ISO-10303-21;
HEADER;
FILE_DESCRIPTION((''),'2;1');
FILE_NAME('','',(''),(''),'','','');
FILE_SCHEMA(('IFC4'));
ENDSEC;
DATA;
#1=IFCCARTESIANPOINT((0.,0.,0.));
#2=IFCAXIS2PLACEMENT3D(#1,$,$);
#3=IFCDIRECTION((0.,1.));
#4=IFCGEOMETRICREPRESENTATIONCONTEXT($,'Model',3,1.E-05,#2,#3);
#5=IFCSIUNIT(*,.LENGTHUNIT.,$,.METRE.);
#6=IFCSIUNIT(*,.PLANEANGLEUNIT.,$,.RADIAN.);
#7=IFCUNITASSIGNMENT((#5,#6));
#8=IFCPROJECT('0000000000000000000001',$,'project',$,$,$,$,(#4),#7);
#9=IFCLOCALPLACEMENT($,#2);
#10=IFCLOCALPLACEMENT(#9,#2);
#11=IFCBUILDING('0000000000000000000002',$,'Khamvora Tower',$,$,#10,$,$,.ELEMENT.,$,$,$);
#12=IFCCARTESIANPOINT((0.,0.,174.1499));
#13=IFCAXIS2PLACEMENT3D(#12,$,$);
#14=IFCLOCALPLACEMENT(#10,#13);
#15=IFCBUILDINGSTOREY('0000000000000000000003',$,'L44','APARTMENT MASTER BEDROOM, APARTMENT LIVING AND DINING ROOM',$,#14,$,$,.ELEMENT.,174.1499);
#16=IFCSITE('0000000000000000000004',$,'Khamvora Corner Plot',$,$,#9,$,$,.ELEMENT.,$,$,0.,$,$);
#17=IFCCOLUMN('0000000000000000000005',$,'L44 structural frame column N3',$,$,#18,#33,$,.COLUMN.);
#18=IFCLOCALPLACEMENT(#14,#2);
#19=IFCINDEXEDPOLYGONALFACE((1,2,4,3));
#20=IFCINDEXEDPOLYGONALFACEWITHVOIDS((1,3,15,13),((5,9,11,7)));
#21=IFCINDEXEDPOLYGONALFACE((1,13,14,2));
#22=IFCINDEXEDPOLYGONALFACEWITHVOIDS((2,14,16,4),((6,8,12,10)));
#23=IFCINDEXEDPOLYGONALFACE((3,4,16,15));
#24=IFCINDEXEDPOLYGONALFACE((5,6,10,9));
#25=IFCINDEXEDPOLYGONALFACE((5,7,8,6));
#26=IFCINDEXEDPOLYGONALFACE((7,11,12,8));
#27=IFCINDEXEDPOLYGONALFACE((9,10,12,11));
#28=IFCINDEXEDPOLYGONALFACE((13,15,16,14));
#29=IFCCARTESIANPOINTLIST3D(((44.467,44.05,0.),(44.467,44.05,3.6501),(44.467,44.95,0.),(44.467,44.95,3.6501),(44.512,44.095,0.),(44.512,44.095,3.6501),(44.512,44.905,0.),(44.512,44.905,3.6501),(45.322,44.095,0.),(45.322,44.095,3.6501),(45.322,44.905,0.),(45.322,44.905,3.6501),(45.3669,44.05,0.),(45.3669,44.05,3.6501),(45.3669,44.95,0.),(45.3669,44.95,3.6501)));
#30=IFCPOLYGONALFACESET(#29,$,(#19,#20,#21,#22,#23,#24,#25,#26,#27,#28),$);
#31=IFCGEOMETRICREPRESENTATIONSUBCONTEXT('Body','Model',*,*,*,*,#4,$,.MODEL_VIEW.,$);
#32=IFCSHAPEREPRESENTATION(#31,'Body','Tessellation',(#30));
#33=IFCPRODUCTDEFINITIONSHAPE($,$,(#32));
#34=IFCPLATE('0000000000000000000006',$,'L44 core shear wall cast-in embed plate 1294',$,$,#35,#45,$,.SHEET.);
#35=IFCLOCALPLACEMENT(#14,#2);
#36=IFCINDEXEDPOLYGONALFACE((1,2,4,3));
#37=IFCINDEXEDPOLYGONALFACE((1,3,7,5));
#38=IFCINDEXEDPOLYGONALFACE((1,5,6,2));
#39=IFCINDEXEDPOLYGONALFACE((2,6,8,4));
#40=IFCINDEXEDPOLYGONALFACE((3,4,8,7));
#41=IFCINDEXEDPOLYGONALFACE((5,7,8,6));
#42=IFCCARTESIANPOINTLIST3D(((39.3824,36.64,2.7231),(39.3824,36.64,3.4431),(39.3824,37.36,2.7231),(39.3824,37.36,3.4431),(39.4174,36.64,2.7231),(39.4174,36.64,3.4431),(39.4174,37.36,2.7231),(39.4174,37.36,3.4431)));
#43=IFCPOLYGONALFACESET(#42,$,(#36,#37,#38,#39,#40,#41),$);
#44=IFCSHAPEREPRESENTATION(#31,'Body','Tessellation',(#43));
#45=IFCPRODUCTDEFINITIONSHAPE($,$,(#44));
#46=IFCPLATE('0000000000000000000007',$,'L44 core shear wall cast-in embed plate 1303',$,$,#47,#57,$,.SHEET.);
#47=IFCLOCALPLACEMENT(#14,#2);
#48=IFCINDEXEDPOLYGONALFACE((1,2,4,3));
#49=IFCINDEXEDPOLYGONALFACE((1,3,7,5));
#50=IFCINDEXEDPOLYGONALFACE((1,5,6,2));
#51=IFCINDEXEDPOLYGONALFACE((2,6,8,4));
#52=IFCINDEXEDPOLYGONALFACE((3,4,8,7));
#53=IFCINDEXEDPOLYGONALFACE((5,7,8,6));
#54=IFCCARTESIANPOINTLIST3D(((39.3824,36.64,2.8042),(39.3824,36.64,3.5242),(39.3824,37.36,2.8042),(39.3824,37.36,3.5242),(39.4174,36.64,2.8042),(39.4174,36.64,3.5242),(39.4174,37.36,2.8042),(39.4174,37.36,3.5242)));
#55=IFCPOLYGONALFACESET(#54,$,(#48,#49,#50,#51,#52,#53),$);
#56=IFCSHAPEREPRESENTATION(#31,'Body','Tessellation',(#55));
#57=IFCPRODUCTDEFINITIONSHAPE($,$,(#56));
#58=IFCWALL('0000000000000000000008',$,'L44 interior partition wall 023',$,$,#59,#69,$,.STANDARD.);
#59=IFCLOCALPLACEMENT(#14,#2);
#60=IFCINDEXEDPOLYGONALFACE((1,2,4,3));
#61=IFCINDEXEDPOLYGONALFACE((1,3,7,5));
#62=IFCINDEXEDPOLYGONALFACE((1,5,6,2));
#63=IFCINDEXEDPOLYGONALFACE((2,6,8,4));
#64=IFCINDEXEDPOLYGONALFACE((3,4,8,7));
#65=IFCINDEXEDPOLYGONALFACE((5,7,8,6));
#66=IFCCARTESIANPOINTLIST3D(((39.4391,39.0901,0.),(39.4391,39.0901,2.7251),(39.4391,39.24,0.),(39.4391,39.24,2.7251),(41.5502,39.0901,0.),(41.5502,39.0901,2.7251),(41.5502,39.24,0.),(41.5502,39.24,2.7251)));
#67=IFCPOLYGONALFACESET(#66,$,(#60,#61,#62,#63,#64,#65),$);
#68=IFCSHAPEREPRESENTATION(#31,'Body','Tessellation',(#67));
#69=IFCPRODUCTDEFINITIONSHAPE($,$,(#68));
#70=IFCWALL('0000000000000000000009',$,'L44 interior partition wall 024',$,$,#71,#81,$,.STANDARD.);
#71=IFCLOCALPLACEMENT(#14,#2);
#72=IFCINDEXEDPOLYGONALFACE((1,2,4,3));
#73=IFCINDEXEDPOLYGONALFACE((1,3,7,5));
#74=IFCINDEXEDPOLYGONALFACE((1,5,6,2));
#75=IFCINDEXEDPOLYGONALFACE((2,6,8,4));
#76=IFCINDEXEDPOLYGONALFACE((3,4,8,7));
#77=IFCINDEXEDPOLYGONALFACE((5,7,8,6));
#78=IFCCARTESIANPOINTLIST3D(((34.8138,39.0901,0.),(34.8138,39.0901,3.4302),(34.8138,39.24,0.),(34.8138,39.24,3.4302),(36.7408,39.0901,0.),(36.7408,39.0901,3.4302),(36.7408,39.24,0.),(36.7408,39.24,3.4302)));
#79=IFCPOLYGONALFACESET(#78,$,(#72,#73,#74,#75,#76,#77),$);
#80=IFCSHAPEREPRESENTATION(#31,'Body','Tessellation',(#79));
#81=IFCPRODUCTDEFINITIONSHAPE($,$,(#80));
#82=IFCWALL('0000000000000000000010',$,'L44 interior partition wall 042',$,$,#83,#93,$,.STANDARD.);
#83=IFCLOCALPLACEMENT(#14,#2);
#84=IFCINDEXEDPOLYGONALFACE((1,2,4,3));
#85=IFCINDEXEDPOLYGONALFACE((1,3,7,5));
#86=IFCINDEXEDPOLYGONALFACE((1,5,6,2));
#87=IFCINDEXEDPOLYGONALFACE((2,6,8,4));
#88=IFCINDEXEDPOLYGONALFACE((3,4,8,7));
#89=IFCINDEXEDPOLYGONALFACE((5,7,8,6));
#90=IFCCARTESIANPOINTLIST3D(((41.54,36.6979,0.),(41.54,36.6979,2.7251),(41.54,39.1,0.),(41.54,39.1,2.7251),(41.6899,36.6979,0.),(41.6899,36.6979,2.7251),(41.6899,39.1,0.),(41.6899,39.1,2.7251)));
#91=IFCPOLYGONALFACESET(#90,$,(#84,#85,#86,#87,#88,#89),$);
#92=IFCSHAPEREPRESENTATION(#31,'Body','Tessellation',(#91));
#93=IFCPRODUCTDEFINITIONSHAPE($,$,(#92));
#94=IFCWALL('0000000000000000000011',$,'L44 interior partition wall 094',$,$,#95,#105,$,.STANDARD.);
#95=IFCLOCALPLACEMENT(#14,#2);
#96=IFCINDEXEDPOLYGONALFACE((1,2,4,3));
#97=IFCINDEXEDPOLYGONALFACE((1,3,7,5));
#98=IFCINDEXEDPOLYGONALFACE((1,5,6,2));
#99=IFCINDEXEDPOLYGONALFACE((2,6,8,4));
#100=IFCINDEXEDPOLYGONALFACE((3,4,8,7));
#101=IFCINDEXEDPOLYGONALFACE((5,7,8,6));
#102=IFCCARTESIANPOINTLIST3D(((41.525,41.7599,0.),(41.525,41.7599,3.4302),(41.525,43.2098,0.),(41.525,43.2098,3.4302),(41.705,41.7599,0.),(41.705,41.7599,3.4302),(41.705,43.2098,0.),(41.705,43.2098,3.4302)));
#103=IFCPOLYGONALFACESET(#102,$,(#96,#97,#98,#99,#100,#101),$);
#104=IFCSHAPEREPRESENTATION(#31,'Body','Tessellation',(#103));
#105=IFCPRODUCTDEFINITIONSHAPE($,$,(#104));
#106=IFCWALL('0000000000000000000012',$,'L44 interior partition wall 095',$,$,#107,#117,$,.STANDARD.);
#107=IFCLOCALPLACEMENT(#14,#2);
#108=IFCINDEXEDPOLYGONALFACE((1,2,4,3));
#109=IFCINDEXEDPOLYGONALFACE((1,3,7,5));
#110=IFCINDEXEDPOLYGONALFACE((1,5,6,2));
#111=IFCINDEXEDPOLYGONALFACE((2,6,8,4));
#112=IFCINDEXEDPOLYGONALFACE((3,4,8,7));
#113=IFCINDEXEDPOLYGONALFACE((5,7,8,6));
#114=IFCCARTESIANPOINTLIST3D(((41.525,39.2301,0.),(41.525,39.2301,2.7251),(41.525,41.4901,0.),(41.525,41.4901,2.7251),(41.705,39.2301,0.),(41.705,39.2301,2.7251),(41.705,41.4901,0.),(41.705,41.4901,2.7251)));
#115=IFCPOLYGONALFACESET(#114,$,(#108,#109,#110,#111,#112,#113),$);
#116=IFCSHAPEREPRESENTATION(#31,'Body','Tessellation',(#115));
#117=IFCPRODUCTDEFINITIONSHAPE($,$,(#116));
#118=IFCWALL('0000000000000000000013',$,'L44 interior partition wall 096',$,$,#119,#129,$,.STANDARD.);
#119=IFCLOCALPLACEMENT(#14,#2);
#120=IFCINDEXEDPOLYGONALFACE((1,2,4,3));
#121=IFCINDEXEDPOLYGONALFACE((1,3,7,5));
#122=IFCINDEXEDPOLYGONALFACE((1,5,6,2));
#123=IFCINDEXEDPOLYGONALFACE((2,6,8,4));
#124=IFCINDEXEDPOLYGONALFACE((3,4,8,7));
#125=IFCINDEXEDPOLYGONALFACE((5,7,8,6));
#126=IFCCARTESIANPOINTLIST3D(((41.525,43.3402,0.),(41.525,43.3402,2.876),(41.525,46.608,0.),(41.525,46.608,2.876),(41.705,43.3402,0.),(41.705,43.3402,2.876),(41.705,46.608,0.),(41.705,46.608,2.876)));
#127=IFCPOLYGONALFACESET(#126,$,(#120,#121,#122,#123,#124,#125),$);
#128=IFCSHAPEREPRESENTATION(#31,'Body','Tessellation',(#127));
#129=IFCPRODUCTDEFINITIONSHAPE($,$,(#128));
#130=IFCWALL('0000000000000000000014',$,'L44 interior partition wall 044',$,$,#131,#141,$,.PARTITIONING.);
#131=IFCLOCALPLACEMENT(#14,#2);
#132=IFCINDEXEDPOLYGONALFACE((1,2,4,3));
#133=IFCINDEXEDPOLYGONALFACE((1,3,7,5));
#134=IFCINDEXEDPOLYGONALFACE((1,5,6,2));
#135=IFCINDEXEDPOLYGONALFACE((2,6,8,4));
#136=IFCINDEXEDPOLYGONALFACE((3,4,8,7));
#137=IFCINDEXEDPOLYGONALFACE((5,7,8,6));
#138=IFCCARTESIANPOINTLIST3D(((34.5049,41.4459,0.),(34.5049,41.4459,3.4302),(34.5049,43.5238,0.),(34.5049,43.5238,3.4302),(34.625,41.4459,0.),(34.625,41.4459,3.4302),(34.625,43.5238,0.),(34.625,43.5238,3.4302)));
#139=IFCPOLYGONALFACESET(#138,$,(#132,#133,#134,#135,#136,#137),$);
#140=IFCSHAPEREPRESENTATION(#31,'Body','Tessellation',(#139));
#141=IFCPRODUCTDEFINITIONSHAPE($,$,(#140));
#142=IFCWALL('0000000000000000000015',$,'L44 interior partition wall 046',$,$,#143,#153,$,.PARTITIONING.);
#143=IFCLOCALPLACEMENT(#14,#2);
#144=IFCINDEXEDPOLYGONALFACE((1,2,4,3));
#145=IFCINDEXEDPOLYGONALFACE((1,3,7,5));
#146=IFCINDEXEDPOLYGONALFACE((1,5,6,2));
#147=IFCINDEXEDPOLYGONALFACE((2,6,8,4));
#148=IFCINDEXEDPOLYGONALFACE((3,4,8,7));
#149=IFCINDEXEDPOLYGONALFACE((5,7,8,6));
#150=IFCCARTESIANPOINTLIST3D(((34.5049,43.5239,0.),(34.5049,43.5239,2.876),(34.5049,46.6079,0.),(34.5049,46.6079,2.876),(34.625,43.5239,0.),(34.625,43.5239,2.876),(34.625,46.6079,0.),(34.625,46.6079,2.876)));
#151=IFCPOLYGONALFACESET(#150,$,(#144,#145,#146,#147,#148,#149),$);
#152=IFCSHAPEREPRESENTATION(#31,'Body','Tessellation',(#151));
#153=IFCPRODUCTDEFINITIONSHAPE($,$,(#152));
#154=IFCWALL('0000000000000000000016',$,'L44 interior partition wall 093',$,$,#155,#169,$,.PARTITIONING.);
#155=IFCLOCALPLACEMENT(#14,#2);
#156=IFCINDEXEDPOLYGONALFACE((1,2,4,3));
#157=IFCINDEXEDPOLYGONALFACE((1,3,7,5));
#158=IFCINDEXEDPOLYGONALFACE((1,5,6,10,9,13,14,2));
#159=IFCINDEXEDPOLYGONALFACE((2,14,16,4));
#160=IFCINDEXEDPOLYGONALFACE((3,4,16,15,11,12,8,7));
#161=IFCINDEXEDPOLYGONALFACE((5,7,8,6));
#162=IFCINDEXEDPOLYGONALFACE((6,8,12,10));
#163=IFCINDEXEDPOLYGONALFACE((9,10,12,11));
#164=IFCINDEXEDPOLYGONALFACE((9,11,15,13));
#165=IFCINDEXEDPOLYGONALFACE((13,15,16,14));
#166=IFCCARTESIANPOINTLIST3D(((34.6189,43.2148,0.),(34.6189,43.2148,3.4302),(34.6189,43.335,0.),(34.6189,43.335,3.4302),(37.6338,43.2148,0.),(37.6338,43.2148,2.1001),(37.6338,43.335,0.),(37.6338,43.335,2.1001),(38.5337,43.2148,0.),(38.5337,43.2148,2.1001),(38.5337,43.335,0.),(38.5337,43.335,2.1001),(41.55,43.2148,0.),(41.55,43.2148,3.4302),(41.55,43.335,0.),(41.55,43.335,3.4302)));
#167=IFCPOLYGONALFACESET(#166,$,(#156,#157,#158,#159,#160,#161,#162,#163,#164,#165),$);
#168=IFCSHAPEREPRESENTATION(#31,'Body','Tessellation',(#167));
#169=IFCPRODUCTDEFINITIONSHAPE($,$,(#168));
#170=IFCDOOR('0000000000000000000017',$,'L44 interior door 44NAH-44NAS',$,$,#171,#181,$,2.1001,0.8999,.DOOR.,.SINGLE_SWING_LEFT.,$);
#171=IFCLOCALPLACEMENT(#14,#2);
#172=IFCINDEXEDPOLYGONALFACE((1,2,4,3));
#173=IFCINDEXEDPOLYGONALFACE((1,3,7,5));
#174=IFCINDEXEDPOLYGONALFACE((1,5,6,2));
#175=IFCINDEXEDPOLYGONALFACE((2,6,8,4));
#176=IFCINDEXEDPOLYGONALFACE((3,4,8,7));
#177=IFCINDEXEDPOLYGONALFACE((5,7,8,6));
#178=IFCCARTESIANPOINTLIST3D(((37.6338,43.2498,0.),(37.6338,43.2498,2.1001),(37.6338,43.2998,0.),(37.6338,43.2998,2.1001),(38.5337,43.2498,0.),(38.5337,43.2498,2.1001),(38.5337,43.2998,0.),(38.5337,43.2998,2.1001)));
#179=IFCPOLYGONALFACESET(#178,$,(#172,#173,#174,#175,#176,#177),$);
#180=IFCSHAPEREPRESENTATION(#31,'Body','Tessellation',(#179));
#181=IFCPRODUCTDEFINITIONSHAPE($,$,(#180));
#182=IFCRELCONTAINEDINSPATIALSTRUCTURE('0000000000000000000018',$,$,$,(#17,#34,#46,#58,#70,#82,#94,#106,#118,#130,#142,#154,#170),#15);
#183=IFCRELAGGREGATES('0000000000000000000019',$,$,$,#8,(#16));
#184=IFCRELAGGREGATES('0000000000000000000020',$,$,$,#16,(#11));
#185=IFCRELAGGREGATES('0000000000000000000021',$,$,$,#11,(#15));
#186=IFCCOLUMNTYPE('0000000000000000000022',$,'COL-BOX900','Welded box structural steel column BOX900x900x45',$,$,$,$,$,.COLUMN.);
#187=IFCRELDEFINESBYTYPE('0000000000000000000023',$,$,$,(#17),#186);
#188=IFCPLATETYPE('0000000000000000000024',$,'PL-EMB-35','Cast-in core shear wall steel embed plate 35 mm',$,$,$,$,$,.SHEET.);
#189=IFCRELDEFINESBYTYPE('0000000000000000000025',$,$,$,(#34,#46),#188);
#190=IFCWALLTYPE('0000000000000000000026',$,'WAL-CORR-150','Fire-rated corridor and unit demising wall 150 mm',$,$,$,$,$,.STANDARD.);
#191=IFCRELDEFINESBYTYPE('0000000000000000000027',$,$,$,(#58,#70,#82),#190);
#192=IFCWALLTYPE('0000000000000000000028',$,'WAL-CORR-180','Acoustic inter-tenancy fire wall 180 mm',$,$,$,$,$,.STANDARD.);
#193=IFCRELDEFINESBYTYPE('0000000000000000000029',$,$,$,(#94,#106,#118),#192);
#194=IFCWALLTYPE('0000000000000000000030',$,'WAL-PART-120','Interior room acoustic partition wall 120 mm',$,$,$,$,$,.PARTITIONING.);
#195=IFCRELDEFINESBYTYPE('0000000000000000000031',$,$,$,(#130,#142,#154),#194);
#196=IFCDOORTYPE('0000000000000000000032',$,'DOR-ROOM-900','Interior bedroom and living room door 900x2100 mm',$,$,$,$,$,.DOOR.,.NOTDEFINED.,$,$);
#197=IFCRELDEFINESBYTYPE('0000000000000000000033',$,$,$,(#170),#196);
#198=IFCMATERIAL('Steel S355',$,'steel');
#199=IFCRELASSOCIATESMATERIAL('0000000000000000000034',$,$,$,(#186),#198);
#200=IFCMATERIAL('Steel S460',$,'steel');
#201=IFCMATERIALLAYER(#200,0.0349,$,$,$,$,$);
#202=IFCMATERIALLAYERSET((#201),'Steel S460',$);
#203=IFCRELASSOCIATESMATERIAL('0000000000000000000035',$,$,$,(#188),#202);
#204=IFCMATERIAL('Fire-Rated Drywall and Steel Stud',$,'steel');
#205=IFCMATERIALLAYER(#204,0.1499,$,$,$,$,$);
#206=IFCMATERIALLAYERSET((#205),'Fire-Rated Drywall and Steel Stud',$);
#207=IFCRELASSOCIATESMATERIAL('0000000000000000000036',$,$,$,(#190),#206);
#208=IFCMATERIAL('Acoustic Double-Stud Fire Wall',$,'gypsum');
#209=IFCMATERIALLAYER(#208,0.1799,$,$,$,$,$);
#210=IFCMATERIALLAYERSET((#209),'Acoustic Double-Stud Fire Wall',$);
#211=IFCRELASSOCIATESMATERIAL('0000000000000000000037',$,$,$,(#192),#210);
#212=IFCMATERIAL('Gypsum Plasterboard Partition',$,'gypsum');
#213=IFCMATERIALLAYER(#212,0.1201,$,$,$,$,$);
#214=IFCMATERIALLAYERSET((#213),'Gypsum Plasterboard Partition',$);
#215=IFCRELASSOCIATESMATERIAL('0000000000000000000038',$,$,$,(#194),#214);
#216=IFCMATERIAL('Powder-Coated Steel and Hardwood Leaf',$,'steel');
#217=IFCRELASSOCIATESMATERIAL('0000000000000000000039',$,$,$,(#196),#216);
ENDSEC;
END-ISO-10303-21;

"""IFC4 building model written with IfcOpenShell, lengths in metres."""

from ifc_helpers import new_model, si_unit, direction, frame, frame_2d, origin, origin_2d, place, context, subcontext, project, spatial, rectangle, hollow_rectangle, extrude, material, layer, layer_set, material_profile, profile_set, type_object, element, fill, save


model = new_model("IFC4")

# Units and contexts
model_context = context("Model", 3, precision=1e-05, world=origin(), true_north=direction((0.0, 1.0)))
body_context = subcontext(model_context, "Body", "Model", "MODEL_VIEW")
ifc_project = project(units=[si_unit("LENGTHUNIT", "METRE"), si_unit("PLANEANGLEUNIT", "RADIAN")], contexts=[model_context])

# Site, building, storey
site_placement = place(None, origin())
site = spatial("IfcSite", under=ifc_project, at=site_placement, Name="Khamvora Corner Plot", CompositionType="ELEMENT", RefElevation=0.0)
building_placement = place(site_placement, origin())
building = spatial("IfcBuilding", under=site, at=building_placement, Name="Khamvora Tower", CompositionType="ELEMENT")
storey_placement = place(building_placement, frame((0.0, 0.0, 174.1499)))
storey = spatial("IfcBuildingStorey", under=building, at=storey_placement, Name="L44", Description="APARTMENT MASTER BEDROOM, APARTMENT LIVING AND DINING ROOM", CompositionType="ELEMENT", Elevation=174.1499)

# Column
ifc_material_1 = material(Name="Steel S355", Category="steel")
ifc_material_profile = material_profile(ifc_material_1, hollow_rectangle(XDim=0.8999, YDim=0.8999, WallThickness=0.0449, at=origin_2d()), Name="BOX900x900x45")
ifc_profile_set = profile_set([ifc_material_profile], Name="Steel S355")
column_type = type_object("IfcColumnType", Name="COL-BOX900", Description="Welded box structural steel column BOX900x900x45", PredefinedType="COLUMN", material=ifc_profile_set)
column_placement = place(storey_placement, frame((44.917, 44.5, 0.0), z_axis=(0.0, 0.0, 1.0), x_axis=(1.0, 0.0, 0.0)))
element("IfcColumn", 1, at=column_placement, inside=storey, type_object=column_type, Name="L44 structural frame column N3", PredefinedType="COLUMN", context=body_context, shape_type="SweptSolid", body=[
    extrude(hollow_rectangle(XDim=0.8999, YDim=0.8999, WallThickness=0.0449, at=origin_2d()), origin(), (0.0, 0.0, 1.0), 3.6501),
])

# Plates
ifc_material_2 = material(Name="Steel S460", Category="steel")
ifc_layer_1 = layer(ifc_material_2, 0.0349)
ifc_layer_set_1 = layer_set([ifc_layer_1], Name="Steel S460")
plate_type = type_object("IfcPlateType", Name="PL-EMB-35", Description="Cast-in core shear wall steel embed plate 35 mm", PredefinedType="SHEET", material=ifc_layer_set_1)
for number, where, z_axis, x_axis, name in (
    (2, (39.3999, 37.0, 2.7231), (0.0, 0.0, 1.0), (1.0, 0.0, 0.0), "L44 core shear wall cast-in embed plate 1294"),
    (3, (39.3999, 37.0, 2.8042), (0.0, 0.0, 1.0), (1.0, 0.0, 0.0), "L44 core shear wall cast-in embed plate 1303"),
):
    element("IfcPlate", number, at=place(storey_placement, frame(where, z_axis=z_axis, x_axis=x_axis)), inside=storey, type_object=plate_type, Name=name, PredefinedType="SHEET", context=body_context, shape_type="SweptSolid", body=[
        extrude(rectangle(XDim=0.0349, YDim=0.72, at=origin_2d()), origin(), (0.0, 0.0, 1.0), 0.72),
    ])

# Shared definitions
ifc_material_3 = material(Name="Fire-Rated Drywall and Steel Stud", Category="steel")
ifc_layer_2 = layer(ifc_material_3, 0.1499)
ifc_layer_set_2 = layer_set([ifc_layer_2], Name="Fire-Rated Drywall and Steel Stud")
wall_type_1 = type_object("IfcWallType", Name="WAL-CORR-150", Description="Fire-rated corridor and unit demising wall 150 mm", PredefinedType="STANDARD", material=ifc_layer_set_2)
ifc_material_4 = material(Name="Powder-Coated Steel and Hardwood Leaf", Category="steel")

# Walls
wall_1_placement = place(storey_placement, frame((39.439, 39.165, 0.0), z_axis=(0.0, 0.0, 1.0), x_axis=(1.0, 0.0, 0.0)))
element("IfcWall", 4, at=wall_1_placement, inside=storey, type_object=wall_type_1, Name="L44 interior partition wall 023", PredefinedType="STANDARD", context=body_context, shape_type="SweptSolid", body=[
    extrude(rectangle(XDim=2.1111, YDim=0.1499, at=frame_2d((1.0557, 0.0))), origin(), (0.0, 0.0, 1.0), 2.7251),
])
wall_2_placement = place(storey_placement, frame((34.814, 39.165, 0.0), z_axis=(0.0, 0.0, 1.0), x_axis=(1.0, 0.0, 0.0)))
element("IfcWall", 5, at=wall_2_placement, inside=storey, type_object=wall_type_1, Name="L44 interior partition wall 024", PredefinedType="STANDARD", context=body_context, shape_type="SweptSolid", body=[
    extrude(rectangle(XDim=1.927, YDim=0.1499, at=frame_2d((0.9634, 0.0))), origin(), (0.0, 0.0, 1.0), 3.4302),
])
wall_3_placement = place(storey_placement, frame((41.615, 39.1001, 0.0), z_axis=(0.0, 0.0, 1.0), x_axis=(0.0, -1.0, 0.0)))
element("IfcWall", 6, at=wall_3_placement, inside=storey, type_object=wall_type_1, Name="L44 interior partition wall 042", PredefinedType="STANDARD", context=body_context, shape_type="SweptSolid", body=[
    extrude(rectangle(XDim=2.4021, YDim=0.1499, at=frame_2d((1.2012, 0.0))), origin(), (0.0, 0.0, 1.0), 2.7251),
])
ifc_material_5 = material(Name="Acoustic Double-Stud Fire Wall", Category="gypsum")
ifc_layer_3 = layer(ifc_material_5, 0.1799)
ifc_layer_set_3 = layer_set([ifc_layer_3], Name="Acoustic Double-Stud Fire Wall")
wall_type_2 = type_object("IfcWallType", Name="WAL-CORR-180", Description="Acoustic inter-tenancy fire wall 180 mm", PredefinedType="STANDARD", material=ifc_layer_set_3)
wall_4_placement = place(storey_placement, frame((41.615, 43.21, 0.0), z_axis=(0.0, 0.0, 1.0), x_axis=(0.0, -1.0, 0.0)))
element("IfcWall", 7, at=wall_4_placement, inside=storey, type_object=wall_type_2, Name="L44 interior partition wall 094", PredefinedType="STANDARD", context=body_context, shape_type="SweptSolid", body=[
    extrude(rectangle(XDim=1.45, YDim=0.1799, at=frame_2d((0.7251, 0.0))), origin(), (0.0, 0.0, 1.0), 3.4302),
])
wall_5_placement = place(storey_placement, frame((41.615, 41.49, 0.0), z_axis=(0.0, 0.0, 1.0), x_axis=(0.0, -1.0, 0.0)))
element("IfcWall", 8, at=wall_5_placement, inside=storey, type_object=wall_type_2, Name="L44 interior partition wall 095", PredefinedType="STANDARD", context=body_context, shape_type="SweptSolid", body=[
    extrude(rectangle(XDim=2.26, YDim=0.1799, at=frame_2d((1.1299, 0.0))), origin(), (0.0, 0.0, 1.0), 2.7251),
])
wall_6_placement = place(storey_placement, frame((41.615, 46.6079, 0.0), z_axis=(0.0, 0.0, 1.0), x_axis=(0.0, -1.0, 0.0)))
element("IfcWall", 9, at=wall_6_placement, inside=storey, type_object=wall_type_2, Name="L44 interior partition wall 096", PredefinedType="STANDARD", context=body_context, shape_type="SweptSolid", body=[
    extrude(rectangle(XDim=3.2678, YDim=0.1799, at=frame_2d((1.6338, 0.0))), origin(), (0.0, 0.0, 1.0), 2.876),
])
ifc_material_6 = material(Name="Gypsum Plasterboard Partition", Category="gypsum")
ifc_layer_4 = layer(ifc_material_6, 0.1201)
ifc_layer_set_4 = layer_set([ifc_layer_4], Name="Gypsum Plasterboard Partition")
wall_type_3 = type_object("IfcWallType", Name="WAL-PART-120", Description="Interior room acoustic partition wall 120 mm", PredefinedType="PARTITIONING", material=ifc_layer_set_4)
wall_7_placement = place(storey_placement, frame((34.5649, 43.5239, 0.0), z_axis=(0.0, 0.0, 1.0), x_axis=(0.0, -1.0, 0.0)))
element("IfcWall", 10, at=wall_7_placement, inside=storey, type_object=wall_type_3, Name="L44 interior partition wall 044", PredefinedType="PARTITIONING", context=body_context, shape_type="SweptSolid", body=[
    extrude(rectangle(XDim=2.0779, YDim=0.1201, at=frame_2d((1.0391, 0.0))), origin(), (0.0, 0.0, 1.0), 3.4302),
])
wall_8_placement = place(storey_placement, frame((34.5649, 46.6079, 0.0), z_axis=(0.0, 0.0, 1.0), x_axis=(0.0, -1.0, 0.0)))
element("IfcWall", 11, at=wall_8_placement, inside=storey, type_object=wall_type_3, Name="L44 interior partition wall 046", PredefinedType="PARTITIONING", context=body_context, shape_type="SweptSolid", body=[
    extrude(rectangle(XDim=3.084, YDim=0.1201, at=frame_2d((1.542, 0.0))), origin(), (0.0, 0.0, 1.0), 2.876),
])

# Wall, opening, door
wall_9_placement = place(storey_placement, frame((34.6189, 43.2749, 0.0), z_axis=(0.0, 0.0, 1.0), x_axis=(1.0, 0.0, 0.0)))
wall_9 = element("IfcWall", 12, at=wall_9_placement, inside=storey, type_object=wall_type_3, Name="L44 interior partition wall 093", PredefinedType="PARTITIONING", context=body_context, shape_type="SweptSolid", body=[
    extrude(rectangle(XDim=6.9312, YDim=0.1201, at=frame_2d((3.4656, 0.0))), origin(), (0.0, 0.0, 1.0), 3.4302),
])
opening_1_placement = place(wall_9_placement, frame((3.0149, 0.0, 0.0)))
opening_1 = element("IfcOpeningElement", 13, at=opening_1_placement, cuts=wall_9, PredefinedType="OPENING", context=body_context, shape_type="SweptSolid", body=[
    extrude(rectangle(XDim=0.8999, YDim=2.1001, at=frame_2d((0.45, 1.05))), frame((0.0, 0.0701, 0.0), z_axis=(0.0, -1.0, 0.0), x_axis=(1.0, 0.0, 0.0)), (0.0, 0.0, 1.0), 0.1401),
])
door_type_1 = type_object("IfcDoorType", Name="DOR-ROOM-900", Description="Interior bedroom and living room door 900x2100 mm", OperationType="NOTDEFINED", PredefinedType="DOOR", material=ifc_material_4)
door_1_placement = place(opening_1_placement, origin())
door_1 = element("IfcDoor", 14, at=door_1_placement, inside=storey, type_object=door_type_1, Name="L44 interior door 44NAH-44NAS", OperationType="SINGLE_SWING_LEFT", OverallHeight=2.1001, OverallWidth=0.8999, PredefinedType="DOOR", context=body_context, shape_type="SweptSolid", body=[
    extrude(rectangle(XDim=0.8999, YDim=2.1001, at=frame_2d((0.45, 1.05))), frame((0.0, 0.0249, 0.0), z_axis=(0.0, -1.0, 0.0), x_axis=(1.0, 0.0, 0.0)), (0.0, 0.0, 1.0), 0.05),
])
fill(opening_1, door_1)

save(model, "model.ifc")
